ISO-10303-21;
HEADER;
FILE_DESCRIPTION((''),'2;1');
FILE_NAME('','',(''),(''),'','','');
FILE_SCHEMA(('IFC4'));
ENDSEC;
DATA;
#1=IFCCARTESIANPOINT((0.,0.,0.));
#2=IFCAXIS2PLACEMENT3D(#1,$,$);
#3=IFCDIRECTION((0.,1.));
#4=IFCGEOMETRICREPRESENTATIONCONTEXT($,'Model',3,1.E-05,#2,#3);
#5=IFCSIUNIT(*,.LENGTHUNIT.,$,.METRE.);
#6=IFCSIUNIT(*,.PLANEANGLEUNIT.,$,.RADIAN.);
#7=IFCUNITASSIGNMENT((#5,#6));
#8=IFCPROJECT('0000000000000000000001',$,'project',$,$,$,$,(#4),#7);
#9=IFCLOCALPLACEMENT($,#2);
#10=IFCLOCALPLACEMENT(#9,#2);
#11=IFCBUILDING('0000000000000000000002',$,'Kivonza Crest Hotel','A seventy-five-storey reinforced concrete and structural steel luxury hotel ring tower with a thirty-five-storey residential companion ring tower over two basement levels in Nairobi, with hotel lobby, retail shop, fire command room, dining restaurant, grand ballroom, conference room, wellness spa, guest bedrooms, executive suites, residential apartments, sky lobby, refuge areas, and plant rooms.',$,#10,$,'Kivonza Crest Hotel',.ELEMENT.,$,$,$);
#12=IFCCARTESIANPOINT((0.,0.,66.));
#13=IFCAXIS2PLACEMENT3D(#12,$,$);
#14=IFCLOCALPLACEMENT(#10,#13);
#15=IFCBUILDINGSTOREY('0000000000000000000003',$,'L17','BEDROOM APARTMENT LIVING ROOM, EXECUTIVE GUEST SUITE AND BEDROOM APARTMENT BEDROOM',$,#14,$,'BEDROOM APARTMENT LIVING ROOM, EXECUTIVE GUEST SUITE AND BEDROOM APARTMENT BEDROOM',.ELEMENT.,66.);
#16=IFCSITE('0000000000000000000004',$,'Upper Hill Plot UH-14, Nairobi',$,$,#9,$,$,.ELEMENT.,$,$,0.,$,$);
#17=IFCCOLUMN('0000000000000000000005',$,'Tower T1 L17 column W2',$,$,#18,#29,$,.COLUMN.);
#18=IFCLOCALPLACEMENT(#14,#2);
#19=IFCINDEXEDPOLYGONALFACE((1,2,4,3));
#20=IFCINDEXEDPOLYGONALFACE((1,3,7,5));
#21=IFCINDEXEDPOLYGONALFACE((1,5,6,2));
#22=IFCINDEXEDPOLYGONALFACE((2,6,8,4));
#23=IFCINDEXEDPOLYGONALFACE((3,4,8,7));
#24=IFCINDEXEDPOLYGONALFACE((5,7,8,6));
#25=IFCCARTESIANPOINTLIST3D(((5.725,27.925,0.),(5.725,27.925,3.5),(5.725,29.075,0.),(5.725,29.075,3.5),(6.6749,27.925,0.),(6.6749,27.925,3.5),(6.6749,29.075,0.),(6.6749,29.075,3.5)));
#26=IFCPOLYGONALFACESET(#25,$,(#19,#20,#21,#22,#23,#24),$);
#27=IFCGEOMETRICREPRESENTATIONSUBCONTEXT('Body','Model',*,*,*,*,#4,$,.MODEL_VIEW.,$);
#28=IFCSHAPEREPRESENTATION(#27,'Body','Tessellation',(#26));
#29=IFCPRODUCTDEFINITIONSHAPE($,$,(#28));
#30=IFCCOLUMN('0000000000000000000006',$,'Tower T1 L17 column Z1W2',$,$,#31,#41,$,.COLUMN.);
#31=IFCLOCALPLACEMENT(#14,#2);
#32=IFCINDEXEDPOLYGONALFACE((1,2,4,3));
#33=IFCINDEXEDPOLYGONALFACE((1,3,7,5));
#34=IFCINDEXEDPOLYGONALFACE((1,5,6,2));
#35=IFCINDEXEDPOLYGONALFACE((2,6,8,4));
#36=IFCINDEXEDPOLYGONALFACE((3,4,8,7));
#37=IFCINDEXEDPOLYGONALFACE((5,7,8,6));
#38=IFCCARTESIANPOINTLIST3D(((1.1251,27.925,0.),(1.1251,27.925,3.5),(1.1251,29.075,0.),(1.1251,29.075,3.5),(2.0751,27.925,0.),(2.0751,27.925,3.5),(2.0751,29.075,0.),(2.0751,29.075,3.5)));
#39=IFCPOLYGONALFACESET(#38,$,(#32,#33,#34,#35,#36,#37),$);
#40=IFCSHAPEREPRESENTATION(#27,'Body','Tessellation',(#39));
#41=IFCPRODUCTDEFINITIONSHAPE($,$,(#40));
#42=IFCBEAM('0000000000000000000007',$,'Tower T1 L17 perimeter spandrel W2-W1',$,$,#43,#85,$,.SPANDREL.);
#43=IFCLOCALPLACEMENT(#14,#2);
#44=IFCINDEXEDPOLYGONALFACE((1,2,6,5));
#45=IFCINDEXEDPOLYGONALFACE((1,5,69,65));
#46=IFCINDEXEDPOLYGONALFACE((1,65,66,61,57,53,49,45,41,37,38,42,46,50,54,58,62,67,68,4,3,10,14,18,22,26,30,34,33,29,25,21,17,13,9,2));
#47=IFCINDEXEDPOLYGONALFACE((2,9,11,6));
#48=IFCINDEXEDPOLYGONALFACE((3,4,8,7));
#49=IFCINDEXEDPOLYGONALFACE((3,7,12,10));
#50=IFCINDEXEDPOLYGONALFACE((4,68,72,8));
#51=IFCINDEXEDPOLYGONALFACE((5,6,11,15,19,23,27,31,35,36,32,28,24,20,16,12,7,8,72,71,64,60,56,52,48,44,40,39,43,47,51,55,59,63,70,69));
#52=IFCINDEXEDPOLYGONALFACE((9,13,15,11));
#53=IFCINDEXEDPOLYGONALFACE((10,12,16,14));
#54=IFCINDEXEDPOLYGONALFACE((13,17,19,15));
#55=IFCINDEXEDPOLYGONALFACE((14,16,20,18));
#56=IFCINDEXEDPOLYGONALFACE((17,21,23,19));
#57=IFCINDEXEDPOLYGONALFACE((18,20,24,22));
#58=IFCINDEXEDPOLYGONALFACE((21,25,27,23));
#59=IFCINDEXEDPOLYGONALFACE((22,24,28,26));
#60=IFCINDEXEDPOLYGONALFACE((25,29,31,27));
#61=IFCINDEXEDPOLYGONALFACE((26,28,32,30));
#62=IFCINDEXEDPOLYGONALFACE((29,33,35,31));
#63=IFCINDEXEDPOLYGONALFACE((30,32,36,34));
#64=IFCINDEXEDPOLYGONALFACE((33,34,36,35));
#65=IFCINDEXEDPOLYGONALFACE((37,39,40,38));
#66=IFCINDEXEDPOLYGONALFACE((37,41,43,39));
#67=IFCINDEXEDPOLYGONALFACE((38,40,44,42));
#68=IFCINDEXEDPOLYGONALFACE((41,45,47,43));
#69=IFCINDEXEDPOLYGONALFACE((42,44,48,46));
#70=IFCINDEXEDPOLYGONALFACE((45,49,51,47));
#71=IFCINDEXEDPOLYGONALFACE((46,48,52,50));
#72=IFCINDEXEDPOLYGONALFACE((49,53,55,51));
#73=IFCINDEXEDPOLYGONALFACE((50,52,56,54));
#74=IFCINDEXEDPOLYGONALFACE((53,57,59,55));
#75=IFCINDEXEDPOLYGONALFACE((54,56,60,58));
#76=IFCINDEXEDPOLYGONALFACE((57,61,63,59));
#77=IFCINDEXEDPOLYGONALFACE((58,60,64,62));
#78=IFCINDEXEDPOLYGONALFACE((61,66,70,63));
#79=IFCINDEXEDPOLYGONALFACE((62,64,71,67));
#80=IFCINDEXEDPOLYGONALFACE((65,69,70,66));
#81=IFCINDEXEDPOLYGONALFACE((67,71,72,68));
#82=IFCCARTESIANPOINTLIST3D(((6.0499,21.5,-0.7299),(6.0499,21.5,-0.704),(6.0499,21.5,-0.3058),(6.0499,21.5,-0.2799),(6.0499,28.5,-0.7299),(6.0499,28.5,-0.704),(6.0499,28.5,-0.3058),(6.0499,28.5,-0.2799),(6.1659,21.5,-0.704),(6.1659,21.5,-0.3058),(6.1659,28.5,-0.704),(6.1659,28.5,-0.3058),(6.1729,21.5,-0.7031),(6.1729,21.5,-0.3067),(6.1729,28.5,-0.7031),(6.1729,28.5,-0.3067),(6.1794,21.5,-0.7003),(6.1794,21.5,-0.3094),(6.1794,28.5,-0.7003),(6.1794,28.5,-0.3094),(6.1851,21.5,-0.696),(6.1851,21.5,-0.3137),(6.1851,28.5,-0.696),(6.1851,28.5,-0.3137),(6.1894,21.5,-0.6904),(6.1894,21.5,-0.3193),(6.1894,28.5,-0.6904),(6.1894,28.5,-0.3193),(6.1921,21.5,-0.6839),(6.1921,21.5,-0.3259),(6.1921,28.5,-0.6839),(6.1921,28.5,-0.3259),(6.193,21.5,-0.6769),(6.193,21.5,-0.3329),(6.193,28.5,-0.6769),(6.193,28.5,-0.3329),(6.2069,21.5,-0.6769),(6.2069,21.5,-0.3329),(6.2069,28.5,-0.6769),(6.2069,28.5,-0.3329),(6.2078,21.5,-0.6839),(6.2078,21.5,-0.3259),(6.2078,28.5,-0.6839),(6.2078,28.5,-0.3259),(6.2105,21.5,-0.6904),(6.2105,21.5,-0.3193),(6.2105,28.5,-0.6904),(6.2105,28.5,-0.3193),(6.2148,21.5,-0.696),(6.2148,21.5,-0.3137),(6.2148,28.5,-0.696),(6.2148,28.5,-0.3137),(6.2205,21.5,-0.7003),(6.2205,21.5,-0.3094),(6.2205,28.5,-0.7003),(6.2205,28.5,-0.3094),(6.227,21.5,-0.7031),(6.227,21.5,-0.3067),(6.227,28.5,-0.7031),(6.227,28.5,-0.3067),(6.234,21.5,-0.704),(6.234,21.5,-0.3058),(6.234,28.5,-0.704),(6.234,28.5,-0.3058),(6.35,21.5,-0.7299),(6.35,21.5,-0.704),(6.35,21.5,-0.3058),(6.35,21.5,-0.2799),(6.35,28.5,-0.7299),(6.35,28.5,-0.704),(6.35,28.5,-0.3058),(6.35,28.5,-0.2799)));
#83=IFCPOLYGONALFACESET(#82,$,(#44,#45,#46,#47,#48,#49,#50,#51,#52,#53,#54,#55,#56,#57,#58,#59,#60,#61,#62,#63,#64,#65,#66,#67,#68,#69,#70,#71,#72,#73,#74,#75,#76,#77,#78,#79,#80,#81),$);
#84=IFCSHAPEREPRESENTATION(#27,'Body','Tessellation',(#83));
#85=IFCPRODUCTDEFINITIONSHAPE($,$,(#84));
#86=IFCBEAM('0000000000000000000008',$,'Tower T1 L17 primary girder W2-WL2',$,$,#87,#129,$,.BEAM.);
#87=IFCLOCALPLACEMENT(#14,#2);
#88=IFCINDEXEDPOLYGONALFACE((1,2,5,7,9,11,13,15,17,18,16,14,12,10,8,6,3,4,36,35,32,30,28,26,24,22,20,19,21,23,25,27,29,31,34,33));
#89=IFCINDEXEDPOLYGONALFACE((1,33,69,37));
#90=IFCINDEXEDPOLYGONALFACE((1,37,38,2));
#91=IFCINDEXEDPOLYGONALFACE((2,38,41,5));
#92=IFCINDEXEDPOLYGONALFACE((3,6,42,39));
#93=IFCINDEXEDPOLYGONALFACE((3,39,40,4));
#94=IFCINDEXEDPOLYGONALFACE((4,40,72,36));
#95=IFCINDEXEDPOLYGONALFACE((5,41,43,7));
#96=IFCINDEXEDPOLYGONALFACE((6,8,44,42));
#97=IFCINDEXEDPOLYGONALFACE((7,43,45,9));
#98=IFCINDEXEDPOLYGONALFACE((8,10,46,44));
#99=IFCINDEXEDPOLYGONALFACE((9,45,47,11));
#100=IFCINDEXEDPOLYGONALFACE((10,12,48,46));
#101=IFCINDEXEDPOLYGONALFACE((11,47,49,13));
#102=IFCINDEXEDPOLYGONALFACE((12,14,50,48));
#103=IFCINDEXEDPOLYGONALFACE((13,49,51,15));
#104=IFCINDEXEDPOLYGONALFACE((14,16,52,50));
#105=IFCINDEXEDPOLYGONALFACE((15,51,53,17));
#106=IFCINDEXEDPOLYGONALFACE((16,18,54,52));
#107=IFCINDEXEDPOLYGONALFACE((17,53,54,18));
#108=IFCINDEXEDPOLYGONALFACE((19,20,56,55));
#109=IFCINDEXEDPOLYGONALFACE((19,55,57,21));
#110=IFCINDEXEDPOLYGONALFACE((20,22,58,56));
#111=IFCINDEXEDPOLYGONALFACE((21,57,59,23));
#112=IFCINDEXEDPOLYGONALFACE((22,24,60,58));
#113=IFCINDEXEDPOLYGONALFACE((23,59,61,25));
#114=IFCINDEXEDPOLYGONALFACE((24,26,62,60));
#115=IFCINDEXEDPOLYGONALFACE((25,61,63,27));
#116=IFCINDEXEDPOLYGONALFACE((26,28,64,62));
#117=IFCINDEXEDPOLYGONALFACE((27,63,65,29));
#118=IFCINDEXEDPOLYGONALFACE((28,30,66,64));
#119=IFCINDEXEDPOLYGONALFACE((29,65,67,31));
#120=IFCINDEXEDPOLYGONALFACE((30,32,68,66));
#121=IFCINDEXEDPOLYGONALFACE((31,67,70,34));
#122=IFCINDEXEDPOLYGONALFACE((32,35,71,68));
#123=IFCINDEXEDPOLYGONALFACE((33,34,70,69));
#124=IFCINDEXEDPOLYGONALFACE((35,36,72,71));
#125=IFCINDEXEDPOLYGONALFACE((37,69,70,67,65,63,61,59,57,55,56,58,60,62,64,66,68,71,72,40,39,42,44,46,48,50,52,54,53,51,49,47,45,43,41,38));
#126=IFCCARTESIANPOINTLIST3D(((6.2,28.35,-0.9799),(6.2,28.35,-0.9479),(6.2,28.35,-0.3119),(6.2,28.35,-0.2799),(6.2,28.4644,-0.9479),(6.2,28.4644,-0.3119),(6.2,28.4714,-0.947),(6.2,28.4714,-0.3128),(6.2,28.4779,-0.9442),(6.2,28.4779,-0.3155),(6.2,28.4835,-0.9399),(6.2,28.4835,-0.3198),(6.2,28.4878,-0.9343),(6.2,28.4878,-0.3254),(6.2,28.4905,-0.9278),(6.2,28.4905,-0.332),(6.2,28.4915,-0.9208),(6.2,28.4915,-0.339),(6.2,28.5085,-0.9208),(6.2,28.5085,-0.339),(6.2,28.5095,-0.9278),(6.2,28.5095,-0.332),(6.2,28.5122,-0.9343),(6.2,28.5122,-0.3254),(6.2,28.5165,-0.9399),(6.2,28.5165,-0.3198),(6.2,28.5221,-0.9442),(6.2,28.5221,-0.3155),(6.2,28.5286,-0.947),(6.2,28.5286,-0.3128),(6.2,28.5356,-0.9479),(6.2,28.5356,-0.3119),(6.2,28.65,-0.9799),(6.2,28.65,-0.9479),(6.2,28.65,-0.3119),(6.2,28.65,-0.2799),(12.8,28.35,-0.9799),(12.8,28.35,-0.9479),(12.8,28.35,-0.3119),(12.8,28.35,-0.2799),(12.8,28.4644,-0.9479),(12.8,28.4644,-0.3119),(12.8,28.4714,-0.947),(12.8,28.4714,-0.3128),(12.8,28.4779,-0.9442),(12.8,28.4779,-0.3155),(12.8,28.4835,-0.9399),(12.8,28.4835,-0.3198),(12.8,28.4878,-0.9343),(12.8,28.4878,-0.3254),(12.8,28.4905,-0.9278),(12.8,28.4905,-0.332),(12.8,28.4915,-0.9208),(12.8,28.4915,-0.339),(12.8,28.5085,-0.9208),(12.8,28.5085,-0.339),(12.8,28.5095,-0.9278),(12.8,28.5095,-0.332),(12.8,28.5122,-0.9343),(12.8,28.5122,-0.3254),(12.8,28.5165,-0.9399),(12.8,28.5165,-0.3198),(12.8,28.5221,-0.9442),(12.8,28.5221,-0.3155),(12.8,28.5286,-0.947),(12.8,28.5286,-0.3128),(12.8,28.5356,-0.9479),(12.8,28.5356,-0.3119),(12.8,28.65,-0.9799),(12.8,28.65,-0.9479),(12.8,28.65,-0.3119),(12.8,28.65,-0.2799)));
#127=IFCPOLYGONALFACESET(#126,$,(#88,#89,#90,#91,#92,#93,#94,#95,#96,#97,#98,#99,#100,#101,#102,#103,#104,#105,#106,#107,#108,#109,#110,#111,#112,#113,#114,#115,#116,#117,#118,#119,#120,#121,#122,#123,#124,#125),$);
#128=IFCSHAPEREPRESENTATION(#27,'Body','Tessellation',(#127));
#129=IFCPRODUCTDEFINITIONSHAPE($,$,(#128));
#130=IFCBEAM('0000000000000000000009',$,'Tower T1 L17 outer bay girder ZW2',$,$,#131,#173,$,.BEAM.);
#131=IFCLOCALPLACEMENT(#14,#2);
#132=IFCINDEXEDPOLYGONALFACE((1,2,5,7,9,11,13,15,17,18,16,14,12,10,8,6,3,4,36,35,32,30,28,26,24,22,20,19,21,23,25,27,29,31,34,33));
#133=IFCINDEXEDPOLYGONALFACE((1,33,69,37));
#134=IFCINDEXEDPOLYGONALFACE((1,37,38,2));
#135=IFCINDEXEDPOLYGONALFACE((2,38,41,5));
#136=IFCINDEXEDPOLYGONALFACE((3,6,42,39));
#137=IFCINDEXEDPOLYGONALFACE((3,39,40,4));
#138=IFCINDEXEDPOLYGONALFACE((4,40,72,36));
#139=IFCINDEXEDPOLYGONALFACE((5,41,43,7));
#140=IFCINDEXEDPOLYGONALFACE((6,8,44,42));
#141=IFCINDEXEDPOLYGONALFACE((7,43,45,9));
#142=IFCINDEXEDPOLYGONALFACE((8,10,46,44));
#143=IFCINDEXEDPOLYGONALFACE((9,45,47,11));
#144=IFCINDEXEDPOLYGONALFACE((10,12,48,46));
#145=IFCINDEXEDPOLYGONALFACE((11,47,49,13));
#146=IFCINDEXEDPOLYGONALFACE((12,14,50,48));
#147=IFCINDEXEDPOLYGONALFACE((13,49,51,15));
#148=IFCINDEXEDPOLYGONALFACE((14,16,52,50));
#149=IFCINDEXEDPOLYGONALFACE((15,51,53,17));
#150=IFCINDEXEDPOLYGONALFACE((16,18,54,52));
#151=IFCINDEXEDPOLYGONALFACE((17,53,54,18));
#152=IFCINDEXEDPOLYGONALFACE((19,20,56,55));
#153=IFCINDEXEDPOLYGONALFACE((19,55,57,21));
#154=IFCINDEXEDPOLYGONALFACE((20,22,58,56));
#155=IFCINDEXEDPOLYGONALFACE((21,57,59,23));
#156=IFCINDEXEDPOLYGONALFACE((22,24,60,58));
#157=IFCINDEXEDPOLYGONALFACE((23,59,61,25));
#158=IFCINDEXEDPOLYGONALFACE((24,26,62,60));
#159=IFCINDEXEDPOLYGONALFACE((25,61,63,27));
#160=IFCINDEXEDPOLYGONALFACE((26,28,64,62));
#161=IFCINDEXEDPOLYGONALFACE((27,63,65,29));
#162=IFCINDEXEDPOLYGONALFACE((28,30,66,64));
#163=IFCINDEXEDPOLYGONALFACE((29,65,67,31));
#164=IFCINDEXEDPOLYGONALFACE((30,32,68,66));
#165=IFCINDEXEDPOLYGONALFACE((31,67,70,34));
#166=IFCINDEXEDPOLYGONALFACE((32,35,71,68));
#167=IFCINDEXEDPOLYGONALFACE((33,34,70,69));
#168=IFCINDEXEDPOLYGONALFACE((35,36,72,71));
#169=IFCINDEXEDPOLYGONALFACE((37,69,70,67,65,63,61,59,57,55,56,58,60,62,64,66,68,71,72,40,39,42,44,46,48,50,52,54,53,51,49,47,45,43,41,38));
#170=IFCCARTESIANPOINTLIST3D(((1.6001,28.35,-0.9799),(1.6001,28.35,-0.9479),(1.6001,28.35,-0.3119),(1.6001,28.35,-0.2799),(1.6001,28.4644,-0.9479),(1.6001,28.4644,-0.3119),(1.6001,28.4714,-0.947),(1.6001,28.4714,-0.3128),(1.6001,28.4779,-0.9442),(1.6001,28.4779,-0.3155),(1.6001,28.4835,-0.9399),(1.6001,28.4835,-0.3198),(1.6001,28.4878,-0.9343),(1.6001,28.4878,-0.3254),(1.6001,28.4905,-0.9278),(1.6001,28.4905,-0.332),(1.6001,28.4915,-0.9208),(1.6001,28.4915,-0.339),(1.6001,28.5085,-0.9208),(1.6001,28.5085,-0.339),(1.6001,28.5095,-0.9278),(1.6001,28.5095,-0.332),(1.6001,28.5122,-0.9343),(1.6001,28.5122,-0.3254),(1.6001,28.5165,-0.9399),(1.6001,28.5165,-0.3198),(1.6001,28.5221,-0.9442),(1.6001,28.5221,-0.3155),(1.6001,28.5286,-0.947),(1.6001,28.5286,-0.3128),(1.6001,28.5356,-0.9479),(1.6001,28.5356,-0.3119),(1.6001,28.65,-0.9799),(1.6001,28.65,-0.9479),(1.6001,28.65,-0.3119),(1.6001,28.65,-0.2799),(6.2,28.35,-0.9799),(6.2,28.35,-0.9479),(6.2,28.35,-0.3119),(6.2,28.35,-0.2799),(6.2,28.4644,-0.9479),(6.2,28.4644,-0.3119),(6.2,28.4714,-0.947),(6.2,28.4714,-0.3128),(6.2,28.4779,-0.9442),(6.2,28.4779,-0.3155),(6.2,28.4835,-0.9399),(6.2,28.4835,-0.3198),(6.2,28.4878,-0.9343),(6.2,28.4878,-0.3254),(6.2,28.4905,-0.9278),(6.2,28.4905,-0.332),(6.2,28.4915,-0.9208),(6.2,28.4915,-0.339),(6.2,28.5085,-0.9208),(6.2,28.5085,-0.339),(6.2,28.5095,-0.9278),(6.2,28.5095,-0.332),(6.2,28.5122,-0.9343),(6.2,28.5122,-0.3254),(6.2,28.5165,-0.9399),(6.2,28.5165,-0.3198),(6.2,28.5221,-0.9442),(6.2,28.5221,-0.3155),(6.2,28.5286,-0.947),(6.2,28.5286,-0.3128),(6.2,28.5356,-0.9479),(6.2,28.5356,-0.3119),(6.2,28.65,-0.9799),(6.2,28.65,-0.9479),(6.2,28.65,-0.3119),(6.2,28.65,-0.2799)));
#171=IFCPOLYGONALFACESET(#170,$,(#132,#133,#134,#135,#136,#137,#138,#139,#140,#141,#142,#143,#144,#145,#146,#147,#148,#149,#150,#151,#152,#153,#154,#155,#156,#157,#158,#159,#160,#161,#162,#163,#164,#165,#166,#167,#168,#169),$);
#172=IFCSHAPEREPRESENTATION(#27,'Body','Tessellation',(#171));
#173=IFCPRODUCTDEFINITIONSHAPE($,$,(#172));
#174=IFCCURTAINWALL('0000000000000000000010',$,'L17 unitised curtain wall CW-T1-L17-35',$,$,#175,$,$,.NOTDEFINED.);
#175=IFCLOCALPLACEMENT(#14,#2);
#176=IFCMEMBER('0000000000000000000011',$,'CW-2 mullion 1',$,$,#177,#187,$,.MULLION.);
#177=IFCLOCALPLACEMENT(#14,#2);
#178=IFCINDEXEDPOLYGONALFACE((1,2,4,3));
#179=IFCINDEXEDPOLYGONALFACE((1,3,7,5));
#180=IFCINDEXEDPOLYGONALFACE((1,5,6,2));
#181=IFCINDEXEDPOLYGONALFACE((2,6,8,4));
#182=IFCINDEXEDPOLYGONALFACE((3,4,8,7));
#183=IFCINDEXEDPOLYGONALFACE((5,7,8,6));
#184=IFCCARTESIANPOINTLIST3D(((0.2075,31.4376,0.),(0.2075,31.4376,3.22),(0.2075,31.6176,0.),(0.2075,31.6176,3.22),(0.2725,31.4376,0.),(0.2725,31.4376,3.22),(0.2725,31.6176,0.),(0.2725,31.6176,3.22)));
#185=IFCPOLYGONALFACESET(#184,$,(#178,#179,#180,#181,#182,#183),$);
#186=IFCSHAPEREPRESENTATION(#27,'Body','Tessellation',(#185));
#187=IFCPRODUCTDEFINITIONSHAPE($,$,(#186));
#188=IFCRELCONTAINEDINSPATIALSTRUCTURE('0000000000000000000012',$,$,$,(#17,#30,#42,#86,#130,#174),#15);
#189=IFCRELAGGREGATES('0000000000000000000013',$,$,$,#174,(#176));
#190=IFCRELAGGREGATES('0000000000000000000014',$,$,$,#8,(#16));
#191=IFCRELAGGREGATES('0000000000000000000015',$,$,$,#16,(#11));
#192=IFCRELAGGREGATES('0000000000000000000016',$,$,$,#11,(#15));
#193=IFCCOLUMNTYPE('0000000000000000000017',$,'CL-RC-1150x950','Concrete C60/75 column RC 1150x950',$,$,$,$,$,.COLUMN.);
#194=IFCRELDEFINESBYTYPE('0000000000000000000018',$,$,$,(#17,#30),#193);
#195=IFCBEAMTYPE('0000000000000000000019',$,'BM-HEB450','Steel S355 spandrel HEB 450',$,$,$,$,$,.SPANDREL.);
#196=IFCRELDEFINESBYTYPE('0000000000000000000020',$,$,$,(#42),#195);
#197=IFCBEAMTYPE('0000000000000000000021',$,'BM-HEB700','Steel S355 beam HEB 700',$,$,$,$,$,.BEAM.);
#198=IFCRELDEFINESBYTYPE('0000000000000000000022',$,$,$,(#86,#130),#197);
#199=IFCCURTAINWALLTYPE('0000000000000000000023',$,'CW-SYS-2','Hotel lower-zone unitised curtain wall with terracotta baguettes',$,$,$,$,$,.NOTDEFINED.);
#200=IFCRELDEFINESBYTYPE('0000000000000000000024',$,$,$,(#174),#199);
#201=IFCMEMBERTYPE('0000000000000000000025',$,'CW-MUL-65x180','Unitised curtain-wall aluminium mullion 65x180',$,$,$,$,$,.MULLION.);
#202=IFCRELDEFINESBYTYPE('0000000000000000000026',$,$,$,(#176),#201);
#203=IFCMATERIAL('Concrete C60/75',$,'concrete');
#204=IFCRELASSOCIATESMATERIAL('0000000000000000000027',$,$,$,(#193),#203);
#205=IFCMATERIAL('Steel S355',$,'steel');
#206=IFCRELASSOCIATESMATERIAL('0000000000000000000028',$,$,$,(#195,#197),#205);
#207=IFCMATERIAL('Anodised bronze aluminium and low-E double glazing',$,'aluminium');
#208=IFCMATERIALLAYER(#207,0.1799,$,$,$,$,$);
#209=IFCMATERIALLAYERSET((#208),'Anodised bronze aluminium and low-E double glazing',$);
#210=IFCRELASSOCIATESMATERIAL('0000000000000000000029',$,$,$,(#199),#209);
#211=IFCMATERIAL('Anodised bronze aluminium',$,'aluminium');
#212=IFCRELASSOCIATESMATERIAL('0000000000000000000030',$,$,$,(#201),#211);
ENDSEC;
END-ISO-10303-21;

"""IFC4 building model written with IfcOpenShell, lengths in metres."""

from ifc_helpers import new_model, si_unit, direction, frame, origin, origin_2d, place, context, subcontext, project, spatial, rectangle, i_section, extrude, material, layer, layer_set, material_profile, profile_set, type_object, element, aggregate, save


model = new_model("IFC4")

# Units and contexts
model_context = context("Model", 3, precision=1e-05, world=origin(), true_north=direction((0.0, 1.0)))
body_context = subcontext(model_context, "Body", "Model", "MODEL_VIEW")
ifc_project = project(units=[si_unit("LENGTHUNIT", "METRE"), si_unit("PLANEANGLEUNIT", "RADIAN")], contexts=[model_context])

# Site, building, storey
site_placement = place(None, origin())
site = spatial("IfcSite", under=ifc_project, at=site_placement, Name="Upper Hill Plot UH-14, Nairobi", CompositionType="ELEMENT", RefElevation=0.0)
building_placement = place(site_placement, origin())
building = spatial("IfcBuilding", under=site, at=building_placement, Name="Kivonza Crest Hotel", Description="A seventy-five-storey reinforced concrete and structural steel luxury hotel ring tower with a thirty-five-storey residential companion ring tower over two basement levels in Nairobi, with hotel lobby, retail shop, fire command room, dining restaurant, grand ballroom, conference room, wellness spa, guest bedrooms, executive suites, residential apartments, sky lobby, refuge areas, and plant rooms.", LongName="Kivonza Crest Hotel", CompositionType="ELEMENT")
storey_placement = place(building_placement, frame((0.0, 0.0, 66.0)))
storey = spatial("IfcBuildingStorey", under=building, at=storey_placement, Name="L17", Description="BEDROOM APARTMENT LIVING ROOM, EXECUTIVE GUEST SUITE AND BEDROOM APARTMENT BEDROOM", LongName="BEDROOM APARTMENT LIVING ROOM, EXECUTIVE GUEST SUITE AND BEDROOM APARTMENT BEDROOM", CompositionType="ELEMENT", Elevation=66.0)

# Columns
ifc_material_1 = material(Name="Concrete C60/75", Category="concrete")
ifc_material_profile_1 = material_profile(ifc_material_1, rectangle(XDim=0.95, YDim=1.1499, at=origin_2d()), Name="RC 1150x950")
ifc_profile_set_1 = profile_set([ifc_material_profile_1], Name="Concrete C60/75")
column_type = type_object("IfcColumnType", Name="CL-RC-1150x950", Description="Concrete C60/75 column RC 1150x950", PredefinedType="COLUMN", material=ifc_profile_set_1)
for number, where, z_axis, x_axis, name in (
    (1, (6.2, 28.5, 0.0), (0.0, 0.0, 1.0), (1.0, 0.0, 0.0), "Tower T1 L17 column W2"),
    (2, (1.6001, 28.5, 0.0), (0.0, 0.0, 1.0), (1.0, 0.0, 0.0), "Tower T1 L17 column Z1W2"),
):
    element("IfcColumn", number, at=place(storey_placement, frame(where, z_axis=z_axis, x_axis=x_axis)), inside=storey, type_object=column_type, Name=name, PredefinedType="COLUMN", context=body_context, shape_type="SweptSolid", body=[
        extrude(rectangle(XDim=0.95, YDim=1.1499, at=origin_2d()), origin(), (0.0, 0.0, 1.0), 3.5),
    ])

# Beams
ifc_material_2 = material(Name="Steel S355", Category="steel")
ifc_material_profile_2 = material_profile(ifc_material_2, i_section(OverallWidth=0.3, OverallDepth=0.45, WebThickness=0.0139, FlangeThickness=0.0259, FilletRadius=0.0271, at=origin_2d()), Name="HEB 450")
ifc_profile_set_2 = profile_set([ifc_material_profile_2], Name="Steel S355")
beam_type_1 = type_object("IfcBeamType", Name="BM-HEB450", Description="Steel S355 spandrel HEB 450", PredefinedType="SPANDREL", material=ifc_profile_set_2)
beam_1_placement = place(storey_placement, frame((6.2, 28.5, -0.5049), z_axis=(0.0, -1.0, 0.0), x_axis=(1.0, 0.0, 0.0)))
element("IfcBeam", 3, at=beam_1_placement, inside=storey, type_object=beam_type_1, Name="Tower T1 L17 perimeter spandrel W2-W1", PredefinedType="SPANDREL", context=body_context, shape_type="SweptSolid", body=[
    extrude(i_section(OverallWidth=0.3, OverallDepth=0.45, WebThickness=0.0139, FlangeThickness=0.0259, FilletRadius=0.0271, at=origin_2d()), origin(), (0.0, 0.0, 1.0), 7.0),
])
ifc_material_profile_3 = material_profile(ifc_material_2, i_section(OverallWidth=0.3, OverallDepth=0.7, WebThickness=0.0171, FlangeThickness=0.032, FilletRadius=0.0271, at=origin_2d()), Name="HEB 700")
ifc_profile_set_3 = profile_set([ifc_material_profile_3], Name="Steel S355")
beam_type_2 = type_object("IfcBeamType", Name="BM-HEB700", Description="Steel S355 beam HEB 700", PredefinedType="BEAM", material=ifc_profile_set_3)
beam_2_placement = place(storey_placement, frame((6.2, 28.5, -0.6299), z_axis=(1.0, 0.0, 0.0), x_axis=(0.0, 1.0, 0.0)))
element("IfcBeam", 4, at=beam_2_placement, inside=storey, type_object=beam_type_2, Name="Tower T1 L17 primary girder W2-WL2", PredefinedType="BEAM", context=body_context, shape_type="SweptSolid", body=[
    extrude(i_section(OverallWidth=0.3, OverallDepth=0.7, WebThickness=0.0171, FlangeThickness=0.032, FilletRadius=0.0271, at=origin_2d()), origin(), (0.0, 0.0, 1.0), 6.6001),
])
beam_3_placement = place(storey_placement, frame((1.6001, 28.5, -0.6299), z_axis=(1.0, 0.0, 0.0), x_axis=(0.0, 1.0, 0.0)))
element("IfcBeam", 5, at=beam_3_placement, inside=storey, type_object=beam_type_2, Name="Tower T1 L17 outer bay girder ZW2", PredefinedType="BEAM", context=body_context, shape_type="SweptSolid", body=[
    extrude(i_section(OverallWidth=0.3, OverallDepth=0.7, WebThickness=0.0171, FlangeThickness=0.032, FilletRadius=0.0271, at=origin_2d()), origin(), (0.0, 0.0, 1.0), 4.5999),
])

# Curtain wall, member
ifc_material_3 = material(Name="Anodised bronze aluminium and low-E double glazing", Category="aluminium")
ifc_layer_1 = layer(ifc_material_3, 0.1799)
ifc_layer_set_1 = layer_set([ifc_layer_1], Name="Anodised bronze aluminium and low-E double glazing")
curtain_wall_type = type_object("IfcCurtainWallType", Name="CW-SYS-2", Description="Hotel lower-zone unitised curtain wall with terracotta baguettes", PredefinedType="NOTDEFINED", material=ifc_layer_set_1)
curtain_wall_placement = place(storey_placement, origin())
curtain_wall = element("IfcCurtainWall", 6, at=curtain_wall_placement, inside=storey, type_object=curtain_wall_type, Name="L17 unitised curtain wall CW-T1-L17-35", PredefinedType="NOTDEFINED")
ifc_material_4 = material(Name="Anodised bronze aluminium", Category="aluminium")
ifc_material_profile_4 = material_profile(ifc_material_4, rectangle(XDim=0.0649, YDim=0.1799, at=origin_2d()), Name="CW-M 65x180")
ifc_profile_set_4 = profile_set([ifc_material_profile_4], Name="Anodised bronze aluminium")
member_type_1 = type_object("IfcMemberType", Name="CW-MUL-65x180", Description="Unitised curtain-wall aluminium mullion 65x180", PredefinedType="MULLION", material=ifc_profile_set_4)
member_1_placement = place(storey_placement, frame((0.24, 31.5276, 0.0), z_axis=(0.0, 0.0, 1.0), x_axis=(1.0, 0.0, 0.0)))
member_1 = element("IfcMember", 7, at=member_1_placement, type_object=member_type_1, Name="CW-2 mullion 1", PredefinedType="MULLION", context=body_context, shape_type="SweptSolid", body=[
    extrude(rectangle(XDim=0.0649, YDim=0.1799, at=origin_2d()), origin(), (0.0, 0.0, 1.0), 3.22),
])
aggregate(curtain_wall, [member_1])

save(model, "model.ifc")
